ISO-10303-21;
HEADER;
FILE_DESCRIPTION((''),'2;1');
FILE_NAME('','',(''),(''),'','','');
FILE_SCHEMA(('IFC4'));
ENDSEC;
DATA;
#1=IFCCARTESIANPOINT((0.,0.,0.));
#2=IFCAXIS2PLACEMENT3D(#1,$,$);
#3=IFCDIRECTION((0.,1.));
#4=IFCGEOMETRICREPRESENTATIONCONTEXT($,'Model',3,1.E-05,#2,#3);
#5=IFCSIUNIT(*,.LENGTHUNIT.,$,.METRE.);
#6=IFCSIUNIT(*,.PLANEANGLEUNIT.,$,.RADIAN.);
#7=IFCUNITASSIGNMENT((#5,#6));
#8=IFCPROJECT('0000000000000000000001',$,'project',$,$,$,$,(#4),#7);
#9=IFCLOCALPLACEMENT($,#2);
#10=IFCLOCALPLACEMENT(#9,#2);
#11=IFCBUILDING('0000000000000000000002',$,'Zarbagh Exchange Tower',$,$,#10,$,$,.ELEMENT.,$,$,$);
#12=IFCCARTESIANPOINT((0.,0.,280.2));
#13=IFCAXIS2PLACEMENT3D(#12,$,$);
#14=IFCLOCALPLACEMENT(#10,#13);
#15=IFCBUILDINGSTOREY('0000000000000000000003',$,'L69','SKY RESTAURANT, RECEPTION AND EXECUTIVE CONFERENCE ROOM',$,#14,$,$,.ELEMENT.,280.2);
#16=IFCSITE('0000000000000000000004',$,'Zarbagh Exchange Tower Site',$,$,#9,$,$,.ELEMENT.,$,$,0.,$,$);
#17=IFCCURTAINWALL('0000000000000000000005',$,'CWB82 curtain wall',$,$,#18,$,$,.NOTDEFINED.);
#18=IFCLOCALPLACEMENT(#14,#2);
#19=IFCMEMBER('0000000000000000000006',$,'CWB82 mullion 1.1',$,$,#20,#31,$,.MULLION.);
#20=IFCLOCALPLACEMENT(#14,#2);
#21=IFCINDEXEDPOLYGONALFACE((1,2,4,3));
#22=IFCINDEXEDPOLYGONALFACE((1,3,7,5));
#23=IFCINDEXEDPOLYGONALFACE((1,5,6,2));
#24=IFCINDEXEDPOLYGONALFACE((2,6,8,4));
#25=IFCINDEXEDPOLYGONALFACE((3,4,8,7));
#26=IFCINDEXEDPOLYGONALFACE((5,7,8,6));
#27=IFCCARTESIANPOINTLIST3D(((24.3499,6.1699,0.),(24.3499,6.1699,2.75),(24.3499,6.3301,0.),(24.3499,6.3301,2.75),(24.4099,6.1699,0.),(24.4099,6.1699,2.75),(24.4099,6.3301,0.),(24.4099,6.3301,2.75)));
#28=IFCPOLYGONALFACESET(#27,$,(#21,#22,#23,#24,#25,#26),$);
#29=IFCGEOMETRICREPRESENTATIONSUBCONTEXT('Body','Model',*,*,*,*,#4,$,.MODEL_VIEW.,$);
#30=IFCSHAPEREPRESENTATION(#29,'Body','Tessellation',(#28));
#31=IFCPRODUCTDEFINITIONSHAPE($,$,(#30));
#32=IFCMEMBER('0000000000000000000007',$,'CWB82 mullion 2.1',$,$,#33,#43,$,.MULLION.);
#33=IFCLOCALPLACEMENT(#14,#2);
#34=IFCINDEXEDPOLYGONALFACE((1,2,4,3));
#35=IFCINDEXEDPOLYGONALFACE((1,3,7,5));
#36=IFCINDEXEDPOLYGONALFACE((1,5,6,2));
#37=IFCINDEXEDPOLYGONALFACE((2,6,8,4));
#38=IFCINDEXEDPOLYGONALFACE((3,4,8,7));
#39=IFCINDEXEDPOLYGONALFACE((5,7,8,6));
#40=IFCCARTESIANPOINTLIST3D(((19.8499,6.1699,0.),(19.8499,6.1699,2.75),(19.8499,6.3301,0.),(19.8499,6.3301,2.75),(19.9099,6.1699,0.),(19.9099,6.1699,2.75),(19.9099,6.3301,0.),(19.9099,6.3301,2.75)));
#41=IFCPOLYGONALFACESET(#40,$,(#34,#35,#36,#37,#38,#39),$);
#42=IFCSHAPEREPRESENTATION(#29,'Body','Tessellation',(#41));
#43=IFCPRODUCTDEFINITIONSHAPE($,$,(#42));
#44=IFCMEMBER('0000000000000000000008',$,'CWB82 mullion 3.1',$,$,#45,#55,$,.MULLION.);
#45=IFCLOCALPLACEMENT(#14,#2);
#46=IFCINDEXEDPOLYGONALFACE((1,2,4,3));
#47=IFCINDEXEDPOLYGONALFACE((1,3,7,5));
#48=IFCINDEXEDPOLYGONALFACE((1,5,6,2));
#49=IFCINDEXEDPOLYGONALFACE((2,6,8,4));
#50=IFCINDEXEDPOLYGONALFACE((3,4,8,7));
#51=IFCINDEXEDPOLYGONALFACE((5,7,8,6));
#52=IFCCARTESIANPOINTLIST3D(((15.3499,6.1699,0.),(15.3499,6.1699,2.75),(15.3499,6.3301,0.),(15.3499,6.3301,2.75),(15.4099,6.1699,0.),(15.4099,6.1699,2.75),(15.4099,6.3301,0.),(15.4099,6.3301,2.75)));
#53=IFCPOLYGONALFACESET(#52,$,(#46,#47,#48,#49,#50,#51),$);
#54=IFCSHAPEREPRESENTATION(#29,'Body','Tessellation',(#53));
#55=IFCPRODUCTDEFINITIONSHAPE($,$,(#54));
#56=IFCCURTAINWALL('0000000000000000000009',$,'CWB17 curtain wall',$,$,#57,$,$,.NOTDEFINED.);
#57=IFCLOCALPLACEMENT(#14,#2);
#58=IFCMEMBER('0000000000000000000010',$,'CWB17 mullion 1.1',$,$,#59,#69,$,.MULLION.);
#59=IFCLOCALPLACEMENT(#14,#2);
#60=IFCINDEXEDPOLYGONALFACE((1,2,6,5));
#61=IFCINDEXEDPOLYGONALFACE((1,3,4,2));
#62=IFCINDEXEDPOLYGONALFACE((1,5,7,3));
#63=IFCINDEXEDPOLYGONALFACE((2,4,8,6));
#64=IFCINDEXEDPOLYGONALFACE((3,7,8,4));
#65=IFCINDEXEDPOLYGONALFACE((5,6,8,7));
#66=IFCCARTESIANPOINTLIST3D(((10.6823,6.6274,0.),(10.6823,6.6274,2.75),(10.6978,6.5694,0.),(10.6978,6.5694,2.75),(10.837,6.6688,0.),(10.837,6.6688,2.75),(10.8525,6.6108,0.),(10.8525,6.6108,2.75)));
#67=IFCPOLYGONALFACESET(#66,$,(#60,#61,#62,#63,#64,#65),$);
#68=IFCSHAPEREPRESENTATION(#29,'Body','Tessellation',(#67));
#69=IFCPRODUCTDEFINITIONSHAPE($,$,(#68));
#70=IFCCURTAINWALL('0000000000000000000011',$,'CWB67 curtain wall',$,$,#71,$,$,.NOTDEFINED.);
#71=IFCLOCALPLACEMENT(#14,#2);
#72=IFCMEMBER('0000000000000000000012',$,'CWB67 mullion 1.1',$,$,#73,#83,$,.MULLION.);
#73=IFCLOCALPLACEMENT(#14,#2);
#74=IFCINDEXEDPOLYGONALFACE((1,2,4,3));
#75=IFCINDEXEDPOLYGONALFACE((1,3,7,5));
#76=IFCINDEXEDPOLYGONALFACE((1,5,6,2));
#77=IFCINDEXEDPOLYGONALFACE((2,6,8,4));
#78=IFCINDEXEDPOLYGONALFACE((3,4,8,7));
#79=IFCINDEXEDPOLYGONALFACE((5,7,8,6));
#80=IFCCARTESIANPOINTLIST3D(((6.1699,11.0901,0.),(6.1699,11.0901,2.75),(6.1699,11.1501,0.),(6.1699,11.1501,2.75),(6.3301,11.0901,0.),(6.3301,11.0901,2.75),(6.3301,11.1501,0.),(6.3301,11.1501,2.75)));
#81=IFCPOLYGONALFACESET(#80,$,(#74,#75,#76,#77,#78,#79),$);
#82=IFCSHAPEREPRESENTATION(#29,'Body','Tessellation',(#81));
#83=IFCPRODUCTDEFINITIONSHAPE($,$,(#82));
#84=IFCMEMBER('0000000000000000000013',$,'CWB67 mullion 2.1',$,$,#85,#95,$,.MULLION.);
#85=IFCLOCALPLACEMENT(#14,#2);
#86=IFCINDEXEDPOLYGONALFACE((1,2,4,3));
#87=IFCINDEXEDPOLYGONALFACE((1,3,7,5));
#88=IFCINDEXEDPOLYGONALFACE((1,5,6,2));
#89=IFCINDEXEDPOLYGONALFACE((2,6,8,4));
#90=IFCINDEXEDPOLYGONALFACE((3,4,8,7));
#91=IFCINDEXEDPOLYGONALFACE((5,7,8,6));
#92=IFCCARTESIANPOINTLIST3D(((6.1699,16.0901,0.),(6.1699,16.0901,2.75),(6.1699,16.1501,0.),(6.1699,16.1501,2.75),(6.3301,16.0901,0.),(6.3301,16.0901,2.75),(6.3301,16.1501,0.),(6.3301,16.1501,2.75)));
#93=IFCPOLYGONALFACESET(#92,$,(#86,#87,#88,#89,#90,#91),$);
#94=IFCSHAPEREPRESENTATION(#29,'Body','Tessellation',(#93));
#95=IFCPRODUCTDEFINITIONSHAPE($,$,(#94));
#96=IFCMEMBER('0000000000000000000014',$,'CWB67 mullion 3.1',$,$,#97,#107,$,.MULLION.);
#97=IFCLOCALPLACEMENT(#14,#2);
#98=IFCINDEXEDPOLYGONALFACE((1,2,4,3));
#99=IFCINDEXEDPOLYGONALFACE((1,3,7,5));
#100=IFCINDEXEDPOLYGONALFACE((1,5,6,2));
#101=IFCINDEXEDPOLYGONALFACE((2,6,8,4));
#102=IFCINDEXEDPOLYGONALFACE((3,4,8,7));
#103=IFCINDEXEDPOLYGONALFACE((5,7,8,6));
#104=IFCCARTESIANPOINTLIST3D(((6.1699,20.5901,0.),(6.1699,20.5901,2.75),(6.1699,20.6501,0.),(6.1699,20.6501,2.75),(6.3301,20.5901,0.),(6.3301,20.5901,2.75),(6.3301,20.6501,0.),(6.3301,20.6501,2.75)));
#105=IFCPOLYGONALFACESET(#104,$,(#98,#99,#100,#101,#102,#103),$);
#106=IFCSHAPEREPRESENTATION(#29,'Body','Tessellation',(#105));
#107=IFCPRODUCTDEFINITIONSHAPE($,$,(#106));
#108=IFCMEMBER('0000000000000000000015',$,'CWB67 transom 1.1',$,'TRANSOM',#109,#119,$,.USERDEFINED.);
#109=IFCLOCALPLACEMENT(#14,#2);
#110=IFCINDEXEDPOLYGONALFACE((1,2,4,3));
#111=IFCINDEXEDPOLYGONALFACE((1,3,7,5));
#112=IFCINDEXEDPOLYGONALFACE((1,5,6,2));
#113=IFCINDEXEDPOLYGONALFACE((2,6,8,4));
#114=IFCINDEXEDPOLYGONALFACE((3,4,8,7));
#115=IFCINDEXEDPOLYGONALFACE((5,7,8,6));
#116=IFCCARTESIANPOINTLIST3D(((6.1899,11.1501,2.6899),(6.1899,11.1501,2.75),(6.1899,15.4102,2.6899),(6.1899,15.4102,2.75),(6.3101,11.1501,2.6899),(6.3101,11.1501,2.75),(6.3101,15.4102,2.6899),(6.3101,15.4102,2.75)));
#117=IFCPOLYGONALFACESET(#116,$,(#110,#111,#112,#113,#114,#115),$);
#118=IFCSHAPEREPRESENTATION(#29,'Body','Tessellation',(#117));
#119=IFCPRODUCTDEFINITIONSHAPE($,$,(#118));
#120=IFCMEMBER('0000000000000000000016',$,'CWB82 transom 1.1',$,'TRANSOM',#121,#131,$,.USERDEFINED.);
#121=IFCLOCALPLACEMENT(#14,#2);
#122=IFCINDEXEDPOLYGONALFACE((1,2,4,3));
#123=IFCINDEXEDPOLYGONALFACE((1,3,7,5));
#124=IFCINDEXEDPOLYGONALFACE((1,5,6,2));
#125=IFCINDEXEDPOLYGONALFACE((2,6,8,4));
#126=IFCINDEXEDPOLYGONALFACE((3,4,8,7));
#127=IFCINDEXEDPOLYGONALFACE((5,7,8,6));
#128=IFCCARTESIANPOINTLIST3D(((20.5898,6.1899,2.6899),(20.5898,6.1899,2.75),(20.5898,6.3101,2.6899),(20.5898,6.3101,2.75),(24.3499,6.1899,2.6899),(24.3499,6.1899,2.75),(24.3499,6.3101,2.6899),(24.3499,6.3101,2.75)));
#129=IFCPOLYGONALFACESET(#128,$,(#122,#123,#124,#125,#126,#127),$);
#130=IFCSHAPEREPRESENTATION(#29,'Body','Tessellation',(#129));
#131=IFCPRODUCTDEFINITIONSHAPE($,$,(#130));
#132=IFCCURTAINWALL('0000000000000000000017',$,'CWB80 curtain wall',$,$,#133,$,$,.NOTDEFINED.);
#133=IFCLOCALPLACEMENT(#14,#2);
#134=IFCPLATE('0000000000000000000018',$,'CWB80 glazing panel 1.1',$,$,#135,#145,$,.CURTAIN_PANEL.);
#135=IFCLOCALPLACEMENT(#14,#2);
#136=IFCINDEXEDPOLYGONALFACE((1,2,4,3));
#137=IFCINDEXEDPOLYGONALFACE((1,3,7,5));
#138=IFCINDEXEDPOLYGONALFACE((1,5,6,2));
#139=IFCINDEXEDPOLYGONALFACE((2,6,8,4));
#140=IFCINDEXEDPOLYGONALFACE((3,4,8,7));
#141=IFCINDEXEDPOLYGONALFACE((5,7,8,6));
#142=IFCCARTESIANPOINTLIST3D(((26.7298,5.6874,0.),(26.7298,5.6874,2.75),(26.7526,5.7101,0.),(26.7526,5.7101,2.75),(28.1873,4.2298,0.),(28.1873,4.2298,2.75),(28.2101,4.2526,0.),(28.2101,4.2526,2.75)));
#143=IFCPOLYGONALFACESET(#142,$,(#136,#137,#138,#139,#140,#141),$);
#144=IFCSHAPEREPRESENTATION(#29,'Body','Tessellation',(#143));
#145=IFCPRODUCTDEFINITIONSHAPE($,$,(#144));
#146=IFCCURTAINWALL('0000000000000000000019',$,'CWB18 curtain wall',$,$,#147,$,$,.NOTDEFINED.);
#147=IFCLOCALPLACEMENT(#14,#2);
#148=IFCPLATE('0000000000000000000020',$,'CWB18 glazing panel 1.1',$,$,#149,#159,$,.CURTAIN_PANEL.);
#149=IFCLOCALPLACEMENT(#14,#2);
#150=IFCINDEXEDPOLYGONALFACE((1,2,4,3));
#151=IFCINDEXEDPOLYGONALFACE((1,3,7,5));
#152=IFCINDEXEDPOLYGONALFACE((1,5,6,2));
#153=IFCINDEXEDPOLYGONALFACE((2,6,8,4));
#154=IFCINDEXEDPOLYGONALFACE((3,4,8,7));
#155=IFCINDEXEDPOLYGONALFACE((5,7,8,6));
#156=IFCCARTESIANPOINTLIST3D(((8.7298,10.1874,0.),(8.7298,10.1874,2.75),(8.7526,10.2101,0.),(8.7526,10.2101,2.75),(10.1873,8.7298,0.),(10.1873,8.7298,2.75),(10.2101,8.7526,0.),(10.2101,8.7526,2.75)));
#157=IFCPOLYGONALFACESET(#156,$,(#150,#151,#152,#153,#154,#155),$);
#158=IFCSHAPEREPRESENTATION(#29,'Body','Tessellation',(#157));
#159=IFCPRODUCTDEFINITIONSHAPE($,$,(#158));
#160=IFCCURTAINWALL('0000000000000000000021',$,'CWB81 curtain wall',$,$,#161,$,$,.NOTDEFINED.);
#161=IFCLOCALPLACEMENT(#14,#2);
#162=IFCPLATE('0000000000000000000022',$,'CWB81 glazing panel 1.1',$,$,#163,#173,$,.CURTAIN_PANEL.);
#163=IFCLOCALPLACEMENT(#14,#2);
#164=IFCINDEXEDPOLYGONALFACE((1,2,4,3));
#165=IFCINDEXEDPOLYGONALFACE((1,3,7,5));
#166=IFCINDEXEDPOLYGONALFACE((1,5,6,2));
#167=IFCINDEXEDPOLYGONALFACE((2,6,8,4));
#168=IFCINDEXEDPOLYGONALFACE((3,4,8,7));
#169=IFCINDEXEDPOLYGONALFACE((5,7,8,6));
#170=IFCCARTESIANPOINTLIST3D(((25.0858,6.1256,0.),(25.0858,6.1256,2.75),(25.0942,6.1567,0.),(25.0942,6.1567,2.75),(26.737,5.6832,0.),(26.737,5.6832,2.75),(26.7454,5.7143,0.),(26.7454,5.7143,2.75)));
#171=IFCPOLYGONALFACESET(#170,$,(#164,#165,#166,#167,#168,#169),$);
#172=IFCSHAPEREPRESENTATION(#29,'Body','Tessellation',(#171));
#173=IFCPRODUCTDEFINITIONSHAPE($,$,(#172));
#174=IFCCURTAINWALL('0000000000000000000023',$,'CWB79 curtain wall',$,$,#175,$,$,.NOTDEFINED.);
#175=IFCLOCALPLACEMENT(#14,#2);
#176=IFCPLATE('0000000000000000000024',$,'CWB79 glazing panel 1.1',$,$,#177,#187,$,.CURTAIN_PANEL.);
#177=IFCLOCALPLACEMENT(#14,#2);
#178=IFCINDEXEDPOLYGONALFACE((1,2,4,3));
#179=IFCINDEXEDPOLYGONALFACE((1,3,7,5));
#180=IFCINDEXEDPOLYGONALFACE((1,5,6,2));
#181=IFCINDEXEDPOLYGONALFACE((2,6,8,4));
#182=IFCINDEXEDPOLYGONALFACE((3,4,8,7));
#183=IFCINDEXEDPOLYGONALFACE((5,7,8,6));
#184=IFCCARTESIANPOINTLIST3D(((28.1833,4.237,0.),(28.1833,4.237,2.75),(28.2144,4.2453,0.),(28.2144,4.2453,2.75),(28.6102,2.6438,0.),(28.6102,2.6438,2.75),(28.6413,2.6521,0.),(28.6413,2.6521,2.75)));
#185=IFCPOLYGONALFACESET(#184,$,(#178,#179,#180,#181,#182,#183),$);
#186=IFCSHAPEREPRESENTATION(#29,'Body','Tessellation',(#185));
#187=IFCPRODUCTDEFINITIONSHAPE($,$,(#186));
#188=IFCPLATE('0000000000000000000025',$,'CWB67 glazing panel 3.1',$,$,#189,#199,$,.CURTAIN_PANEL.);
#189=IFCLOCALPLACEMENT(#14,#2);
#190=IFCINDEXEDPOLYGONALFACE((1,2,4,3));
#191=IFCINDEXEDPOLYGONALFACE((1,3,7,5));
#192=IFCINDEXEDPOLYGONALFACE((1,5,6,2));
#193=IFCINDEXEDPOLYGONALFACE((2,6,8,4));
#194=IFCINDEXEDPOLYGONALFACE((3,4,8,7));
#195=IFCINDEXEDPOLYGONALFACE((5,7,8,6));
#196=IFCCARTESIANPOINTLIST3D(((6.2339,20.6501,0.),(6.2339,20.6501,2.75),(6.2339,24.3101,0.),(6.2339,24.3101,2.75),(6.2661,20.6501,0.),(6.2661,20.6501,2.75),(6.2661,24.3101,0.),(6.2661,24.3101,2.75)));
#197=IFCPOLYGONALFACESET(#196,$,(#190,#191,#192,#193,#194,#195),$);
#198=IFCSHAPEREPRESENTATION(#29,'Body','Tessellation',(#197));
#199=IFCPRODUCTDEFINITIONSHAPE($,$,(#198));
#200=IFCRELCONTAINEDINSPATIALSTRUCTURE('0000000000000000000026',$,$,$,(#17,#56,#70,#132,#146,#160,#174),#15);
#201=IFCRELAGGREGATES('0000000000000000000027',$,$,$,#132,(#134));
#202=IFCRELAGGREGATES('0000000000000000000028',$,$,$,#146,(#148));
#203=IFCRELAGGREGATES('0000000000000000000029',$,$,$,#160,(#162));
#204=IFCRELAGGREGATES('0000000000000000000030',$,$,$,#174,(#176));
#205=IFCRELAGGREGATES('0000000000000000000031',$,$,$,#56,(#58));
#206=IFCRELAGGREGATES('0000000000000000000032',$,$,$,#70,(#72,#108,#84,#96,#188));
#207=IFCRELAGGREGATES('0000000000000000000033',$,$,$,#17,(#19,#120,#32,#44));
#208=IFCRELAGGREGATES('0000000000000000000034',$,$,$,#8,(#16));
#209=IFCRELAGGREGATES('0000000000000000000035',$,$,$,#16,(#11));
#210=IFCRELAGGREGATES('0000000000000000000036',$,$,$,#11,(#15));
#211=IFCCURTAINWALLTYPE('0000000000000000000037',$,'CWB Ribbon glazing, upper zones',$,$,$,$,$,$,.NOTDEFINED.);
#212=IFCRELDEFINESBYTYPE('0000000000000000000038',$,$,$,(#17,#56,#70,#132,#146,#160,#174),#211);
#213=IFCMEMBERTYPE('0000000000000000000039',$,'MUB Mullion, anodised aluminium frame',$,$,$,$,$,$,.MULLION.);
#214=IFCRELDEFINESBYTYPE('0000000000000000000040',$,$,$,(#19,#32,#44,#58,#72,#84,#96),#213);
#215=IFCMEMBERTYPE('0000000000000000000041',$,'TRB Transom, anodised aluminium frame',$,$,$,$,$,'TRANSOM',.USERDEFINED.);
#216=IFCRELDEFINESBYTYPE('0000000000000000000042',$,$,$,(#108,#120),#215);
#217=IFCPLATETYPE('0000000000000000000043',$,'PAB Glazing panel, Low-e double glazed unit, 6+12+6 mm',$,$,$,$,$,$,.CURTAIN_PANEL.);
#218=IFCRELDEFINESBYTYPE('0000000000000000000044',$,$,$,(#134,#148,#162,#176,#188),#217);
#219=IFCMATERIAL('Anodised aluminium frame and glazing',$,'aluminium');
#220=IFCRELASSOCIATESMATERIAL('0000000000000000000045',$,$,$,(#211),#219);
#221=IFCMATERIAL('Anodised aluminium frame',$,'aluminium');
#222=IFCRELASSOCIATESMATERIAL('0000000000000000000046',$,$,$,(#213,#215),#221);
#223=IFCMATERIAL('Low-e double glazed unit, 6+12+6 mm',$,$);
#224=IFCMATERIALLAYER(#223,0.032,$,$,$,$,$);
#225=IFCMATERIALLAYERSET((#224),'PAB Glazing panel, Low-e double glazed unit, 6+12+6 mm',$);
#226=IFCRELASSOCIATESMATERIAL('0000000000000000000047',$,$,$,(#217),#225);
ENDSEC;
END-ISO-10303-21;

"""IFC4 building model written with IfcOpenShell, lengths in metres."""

from ifc_helpers import new_model, si_unit, direction, frame, origin, place, context, subcontext, project, spatial, polyline, outline, extrude, source, transform, mapped, material, layer, layer_set, type_object, element, aggregate, save


model = new_model("IFC4")

# Units and contexts
model_context = context("Model", 3, precision=1e-05, world=origin(), true_north=direction((0.0, 1.0)))
body_context = subcontext(model_context, "Body", "Model", "MODEL_VIEW")
ifc_project = project(units=[si_unit("LENGTHUNIT", "METRE"), si_unit("PLANEANGLEUNIT", "RADIAN")], contexts=[model_context])

# Site, building, storey
site_placement = place(None, origin())
site = spatial("IfcSite", under=ifc_project, at=site_placement, Name="Zarbagh Exchange Tower Site", CompositionType="ELEMENT", RefElevation=0.0)
building_placement = place(site_placement, origin())
building = spatial("IfcBuilding", under=site, at=building_placement, Name="Zarbagh Exchange Tower", CompositionType="ELEMENT")
storey_placement = place(building_placement, frame((0.0, 0.0, 280.2)))
storey = spatial("IfcBuildingStorey", under=building, at=storey_placement, Name="L69", Description="SKY RESTAURANT, RECEPTION AND EXECUTIVE CONFERENCE ROOM", CompositionType="ELEMENT", Elevation=280.2)

# Curtain wall, members
ifc_material_1 = material(Name="Anodised aluminium frame and glazing", Category="aluminium")
curtain_wall_type = type_object("IfcCurtainWallType", Name="CWB Ribbon glazing, upper zones", PredefinedType="NOTDEFINED", material=ifc_material_1)
curtain_wall_1_placement = place(storey_placement, origin())
curtain_wall_1 = element("IfcCurtainWall", 1, at=curtain_wall_1_placement, inside=storey, type_object=curtain_wall_type, Name="CWB82 curtain wall", PredefinedType="NOTDEFINED")
ifc_material_2 = material(Name="Anodised aluminium frame", Category="aluminium")
member_type_1 = type_object("IfcMemberType", Name="MUB Mullion, anodised aluminium frame", PredefinedType="MULLION", material=ifc_material_2)
shared_shape_1 = source(origin(), body_context, "Body", "SweptSolid", [
    extrude(outline(polyline([(0.0, -0.0801), (0.0601, -0.0801), (0.0601, 0.0801), (0.0, 0.0801), (0.0, -0.0801)])), origin(), (0.0, 0.0, 1.0), 2.75),
])
placement = place(storey_placement, origin())
member_1 = element("IfcMember", 2, at=placement, type_object=member_type_1, Name="CWB82 mullion 1.1", PredefinedType="MULLION", context=body_context, shape_type="MappedRepresentation", body=[
    mapped(shared_shape_1, transform((24.4099, 6.25, 0.0), x_axis=(-1.0, 0.0, 0.0), y_axis=(0.0, -1.0, 0.0), z_axis=(0.0, 0.0, 1.0))),
])
member_2 = element("IfcMember", 3, at=placement, type_object=member_type_1, Name="CWB82 mullion 2.1", PredefinedType="MULLION", context=body_context, shape_type="MappedRepresentation", body=[
    mapped(shared_shape_1, transform((19.9099, 6.25, 0.0), x_axis=(-1.0, 0.0, 0.0), y_axis=(0.0, -1.0, 0.0), z_axis=(0.0, 0.0, 1.0))),
])
member_3 = element("IfcMember", 4, at=placement, type_object=member_type_1, Name="CWB82 mullion 3.1", PredefinedType="MULLION", context=body_context, shape_type="MappedRepresentation", body=[
    mapped(shared_shape_1, transform((15.4099, 6.25, 0.0), x_axis=(-1.0, 0.0, 0.0), y_axis=(0.0, -1.0, 0.0), z_axis=(0.0, 0.0, 1.0))),
])

# Curtain wall, member
curtain_wall_2_placement = place(storey_placement, origin())
curtain_wall_2 = element("IfcCurtainWall", 5, at=curtain_wall_2_placement, inside=storey, type_object=curtain_wall_type, Name="CWB17 curtain wall", PredefinedType="NOTDEFINED")
member_4 = element("IfcMember", 6, at=placement, type_object=member_type_1, Name="CWB17 mullion 1.1", PredefinedType="MULLION", context=body_context, shape_type="MappedRepresentation", body=[
    mapped(shared_shape_1, transform((10.7751, 6.5901, 0.0), x_axis=(-0.258825, 0.965924, 0.0), y_axis=(-0.965924, -0.258825, 0.0), z_axis=(0.0, 0.0, 1.0))),
])

# Curtain wall, members
curtain_wall_3_placement = place(storey_placement, origin())
curtain_wall_3 = element("IfcCurtainWall", 7, at=curtain_wall_3_placement, inside=storey, type_object=curtain_wall_type, Name="CWB67 curtain wall", PredefinedType="NOTDEFINED")
member_5 = element("IfcMember", 8, at=placement, type_object=member_type_1, Name="CWB67 mullion 1.1", PredefinedType="MULLION", context=body_context, shape_type="MappedRepresentation", body=[
    mapped(shared_shape_1, transform((6.25, 11.0901, 0.0), x_axis=(0.0, 1.0, 0.0), y_axis=(-1.0, 0.0, 0.0), z_axis=(0.0, 0.0, 1.0))),
])
member_6 = element("IfcMember", 9, at=placement, type_object=member_type_1, Name="CWB67 mullion 2.1", PredefinedType="MULLION", context=body_context, shape_type="MappedRepresentation", body=[
    mapped(shared_shape_1, transform((6.25, 16.0901, 0.0), x_axis=(0.0, 1.0, 0.0), y_axis=(-1.0, 0.0, 0.0), z_axis=(0.0, 0.0, 1.0))),
])
member_7 = element("IfcMember", 10, at=placement, type_object=member_type_1, Name="CWB67 mullion 3.1", PredefinedType="MULLION", context=body_context, shape_type="MappedRepresentation", body=[
    mapped(shared_shape_1, transform((6.25, 20.5901, 0.0), x_axis=(0.0, 1.0, 0.0), y_axis=(-1.0, 0.0, 0.0), z_axis=(0.0, 0.0, 1.0))),
])
member_type_2 = type_object("IfcMemberType", Name="TRB Transom, anodised aluminium frame", ElementType="TRANSOM", PredefinedType="USERDEFINED", material=ifc_material_2)
shared_shape_2 = source(origin(), body_context, "Body", "SweptSolid", [
    extrude(outline(polyline([(-0.0601, -0.0601), (0.0, -0.0601), (0.0, 0.0601), (-0.0601, 0.0601), (-0.0601, -0.0601)])), origin(), (0.0, 0.0, 1.0), 4.26),
])
member_8 = element("IfcMember", 11, at=placement, type_object=member_type_2, Name="CWB67 transom 1.1", ObjectType="TRANSOM", PredefinedType="USERDEFINED", context=body_context, shape_type="MappedRepresentation", body=[
    mapped(shared_shape_2, transform((6.25, 11.1501, 2.75), x_axis=(0.0, 0.0, 1.0), y_axis=(1.0, 0.0, 0.0), z_axis=(0.0, 1.0, 0.0))),
])

# Member
shared_shape_3 = source(origin(), body_context, "Body", "SweptSolid", [
    extrude(outline(polyline([(-0.0601, -0.0601), (0.0, -0.0601), (0.0, 0.0601), (-0.0601, 0.0601), (-0.0601, -0.0601)])), origin(), (0.0, 0.0, 1.0), 3.76),
])
member_9 = element("IfcMember", 12, at=placement, type_object=member_type_2, Name="CWB82 transom 1.1", ObjectType="TRANSOM", PredefinedType="USERDEFINED", context=body_context, shape_type="MappedRepresentation", body=[
    mapped(shared_shape_3, transform((24.3499, 6.25, 2.75), x_axis=(0.0, 0.0, 1.0), y_axis=(0.0, 1.0, 0.0), z_axis=(-1.0, 0.0, 0.0))),
])

# Curtain walls, plates
curtain_wall_4_placement = place(storey_placement, origin())
curtain_wall_4 = element("IfcCurtainWall", 13, at=curtain_wall_4_placement, inside=storey, type_object=curtain_wall_type, Name="CWB80 curtain wall", PredefinedType="NOTDEFINED")
ifc_material_3 = material(Name="Low-e double glazed unit, 6+12+6 mm")
ifc_layer = layer(ifc_material_3, 0.032)
ifc_layer_set = layer_set([ifc_layer], Name="PAB Glazing panel, Low-e double glazed unit, 6+12+6 mm")
plate_type = type_object("IfcPlateType", Name="PAB Glazing panel, Low-e double glazed unit, 6+12+6 mm", PredefinedType="CURTAIN_PANEL", material=ifc_layer_set)
shared_shape_4 = source(origin(), body_context, "Body", "SweptSolid", [
    extrude(outline(polyline([(0.0, -0.0161), (2.0613, -0.0161), (2.0613, 0.0161), (0.0, 0.0161), (0.0, -0.0161)])), origin(), (0.0, 0.0, 1.0), 2.75),
])
plate_1 = element("IfcPlate", 14, at=placement, type_object=plate_type, Name="CWB80 glazing panel 1.1", PredefinedType="CURTAIN_PANEL", context=body_context, shape_type="MappedRepresentation", body=[
    mapped(shared_shape_4, transform((28.1987, 4.2412, 0.0), x_axis=(-0.707107, 0.707107, 0.0), y_axis=(-0.707107, -0.707107, 0.0), z_axis=(0.0, 0.0, 1.0))),
])
aggregate(curtain_wall_4, [plate_1])
curtain_wall_5_placement = place(storey_placement, origin())
curtain_wall_5 = element("IfcCurtainWall", 15, at=curtain_wall_5_placement, inside=storey, type_object=curtain_wall_type, Name="CWB18 curtain wall", PredefinedType="NOTDEFINED")
plate_2 = element("IfcPlate", 16, at=placement, type_object=plate_type, Name="CWB18 glazing panel 1.1", PredefinedType="CURTAIN_PANEL", context=body_context, shape_type="MappedRepresentation", body=[
    mapped(shared_shape_4, transform((10.1987, 8.7412, 0.0), x_axis=(-0.707107, 0.707107, 0.0), y_axis=(-0.707107, -0.707107, 0.0), z_axis=(0.0, 0.0, 1.0))),
])
aggregate(curtain_wall_5, [plate_2])
curtain_wall_6_placement = place(storey_placement, origin())
curtain_wall_6 = element("IfcCurtainWall", 17, at=curtain_wall_6_placement, inside=storey, type_object=curtain_wall_type, Name="CWB81 curtain wall", PredefinedType="NOTDEFINED")
shared_shape_5 = source(origin(), body_context, "Body", "SweptSolid", [
    extrude(outline(polyline([(0.0, -0.0161), (1.7095, -0.0161), (1.7095, 0.0161), (0.0, 0.0161), (0.0, -0.0161)])), origin(), (0.0, 0.0, 1.0), 2.75),
])
plate_3 = element("IfcPlate", 18, at=placement, type_object=plate_type, Name="CWB81 glazing panel 1.1", PredefinedType="CURTAIN_PANEL", context=body_context, shape_type="MappedRepresentation", body=[
    mapped(shared_shape_5, transform((26.7412, 5.6987, 0.0), x_axis=(-0.965924, 0.258825, 0.0), y_axis=(-0.258825, -0.965924, 0.0), z_axis=(0.0, 0.0, 1.0))),
])
aggregate(curtain_wall_6, [plate_3])
curtain_wall_7_placement = place(storey_placement, origin())
curtain_wall_7 = element("IfcCurtainWall", 19, at=curtain_wall_7_placement, inside=storey, type_object=curtain_wall_type, Name="CWB79 curtain wall", PredefinedType="NOTDEFINED")
shared_shape_6 = source(origin(), body_context, "Body", "SweptSolid", [
    extrude(outline(polyline([(0.0, -0.0161), (1.6494, -0.0161), (1.6494, 0.0161), (0.0, 0.0161), (0.0, -0.0161)])), origin(), (0.0, 0.0, 1.0), 2.75),
])
plate_4 = element("IfcPlate", 20, at=placement, type_object=plate_type, Name="CWB79 glazing panel 1.1", PredefinedType="CURTAIN_PANEL", context=body_context, shape_type="MappedRepresentation", body=[
    mapped(shared_shape_6, transform((28.6257, 2.6479, 0.0), x_axis=(-0.258825, 0.965924, 0.0), y_axis=(-0.965924, -0.258825, 0.0), z_axis=(0.0, 0.0, 1.0))),
])
aggregate(curtain_wall_7, [plate_4])

# Plate
shared_shape_7 = source(origin(), body_context, "Body", "SweptSolid", [
    extrude(outline(polyline([(0.0, -0.0161), (3.6599, -0.0161), (3.6599, 0.0161), (0.0, 0.0161), (0.0, -0.0161)])), origin(), (0.0, 0.0, 1.0), 2.75),
])
plate_5 = element("IfcPlate", 21, at=placement, type_object=plate_type, Name="CWB67 glazing panel 3.1", PredefinedType="CURTAIN_PANEL", context=body_context, shape_type="MappedRepresentation", body=[
    mapped(shared_shape_7, transform((6.25, 20.6501, 0.0), x_axis=(0.0, 1.0, 0.0), y_axis=(-1.0, 0.0, 0.0), z_axis=(0.0, 0.0, 1.0))),
])
aggregate(curtain_wall_2, [member_4])

aggregate(curtain_wall_3, [member_5, member_8, member_6, member_7, plate_5])
aggregate(curtain_wall_1, [member_1, member_9, member_2, member_3])

save(model, "model.ifc")
